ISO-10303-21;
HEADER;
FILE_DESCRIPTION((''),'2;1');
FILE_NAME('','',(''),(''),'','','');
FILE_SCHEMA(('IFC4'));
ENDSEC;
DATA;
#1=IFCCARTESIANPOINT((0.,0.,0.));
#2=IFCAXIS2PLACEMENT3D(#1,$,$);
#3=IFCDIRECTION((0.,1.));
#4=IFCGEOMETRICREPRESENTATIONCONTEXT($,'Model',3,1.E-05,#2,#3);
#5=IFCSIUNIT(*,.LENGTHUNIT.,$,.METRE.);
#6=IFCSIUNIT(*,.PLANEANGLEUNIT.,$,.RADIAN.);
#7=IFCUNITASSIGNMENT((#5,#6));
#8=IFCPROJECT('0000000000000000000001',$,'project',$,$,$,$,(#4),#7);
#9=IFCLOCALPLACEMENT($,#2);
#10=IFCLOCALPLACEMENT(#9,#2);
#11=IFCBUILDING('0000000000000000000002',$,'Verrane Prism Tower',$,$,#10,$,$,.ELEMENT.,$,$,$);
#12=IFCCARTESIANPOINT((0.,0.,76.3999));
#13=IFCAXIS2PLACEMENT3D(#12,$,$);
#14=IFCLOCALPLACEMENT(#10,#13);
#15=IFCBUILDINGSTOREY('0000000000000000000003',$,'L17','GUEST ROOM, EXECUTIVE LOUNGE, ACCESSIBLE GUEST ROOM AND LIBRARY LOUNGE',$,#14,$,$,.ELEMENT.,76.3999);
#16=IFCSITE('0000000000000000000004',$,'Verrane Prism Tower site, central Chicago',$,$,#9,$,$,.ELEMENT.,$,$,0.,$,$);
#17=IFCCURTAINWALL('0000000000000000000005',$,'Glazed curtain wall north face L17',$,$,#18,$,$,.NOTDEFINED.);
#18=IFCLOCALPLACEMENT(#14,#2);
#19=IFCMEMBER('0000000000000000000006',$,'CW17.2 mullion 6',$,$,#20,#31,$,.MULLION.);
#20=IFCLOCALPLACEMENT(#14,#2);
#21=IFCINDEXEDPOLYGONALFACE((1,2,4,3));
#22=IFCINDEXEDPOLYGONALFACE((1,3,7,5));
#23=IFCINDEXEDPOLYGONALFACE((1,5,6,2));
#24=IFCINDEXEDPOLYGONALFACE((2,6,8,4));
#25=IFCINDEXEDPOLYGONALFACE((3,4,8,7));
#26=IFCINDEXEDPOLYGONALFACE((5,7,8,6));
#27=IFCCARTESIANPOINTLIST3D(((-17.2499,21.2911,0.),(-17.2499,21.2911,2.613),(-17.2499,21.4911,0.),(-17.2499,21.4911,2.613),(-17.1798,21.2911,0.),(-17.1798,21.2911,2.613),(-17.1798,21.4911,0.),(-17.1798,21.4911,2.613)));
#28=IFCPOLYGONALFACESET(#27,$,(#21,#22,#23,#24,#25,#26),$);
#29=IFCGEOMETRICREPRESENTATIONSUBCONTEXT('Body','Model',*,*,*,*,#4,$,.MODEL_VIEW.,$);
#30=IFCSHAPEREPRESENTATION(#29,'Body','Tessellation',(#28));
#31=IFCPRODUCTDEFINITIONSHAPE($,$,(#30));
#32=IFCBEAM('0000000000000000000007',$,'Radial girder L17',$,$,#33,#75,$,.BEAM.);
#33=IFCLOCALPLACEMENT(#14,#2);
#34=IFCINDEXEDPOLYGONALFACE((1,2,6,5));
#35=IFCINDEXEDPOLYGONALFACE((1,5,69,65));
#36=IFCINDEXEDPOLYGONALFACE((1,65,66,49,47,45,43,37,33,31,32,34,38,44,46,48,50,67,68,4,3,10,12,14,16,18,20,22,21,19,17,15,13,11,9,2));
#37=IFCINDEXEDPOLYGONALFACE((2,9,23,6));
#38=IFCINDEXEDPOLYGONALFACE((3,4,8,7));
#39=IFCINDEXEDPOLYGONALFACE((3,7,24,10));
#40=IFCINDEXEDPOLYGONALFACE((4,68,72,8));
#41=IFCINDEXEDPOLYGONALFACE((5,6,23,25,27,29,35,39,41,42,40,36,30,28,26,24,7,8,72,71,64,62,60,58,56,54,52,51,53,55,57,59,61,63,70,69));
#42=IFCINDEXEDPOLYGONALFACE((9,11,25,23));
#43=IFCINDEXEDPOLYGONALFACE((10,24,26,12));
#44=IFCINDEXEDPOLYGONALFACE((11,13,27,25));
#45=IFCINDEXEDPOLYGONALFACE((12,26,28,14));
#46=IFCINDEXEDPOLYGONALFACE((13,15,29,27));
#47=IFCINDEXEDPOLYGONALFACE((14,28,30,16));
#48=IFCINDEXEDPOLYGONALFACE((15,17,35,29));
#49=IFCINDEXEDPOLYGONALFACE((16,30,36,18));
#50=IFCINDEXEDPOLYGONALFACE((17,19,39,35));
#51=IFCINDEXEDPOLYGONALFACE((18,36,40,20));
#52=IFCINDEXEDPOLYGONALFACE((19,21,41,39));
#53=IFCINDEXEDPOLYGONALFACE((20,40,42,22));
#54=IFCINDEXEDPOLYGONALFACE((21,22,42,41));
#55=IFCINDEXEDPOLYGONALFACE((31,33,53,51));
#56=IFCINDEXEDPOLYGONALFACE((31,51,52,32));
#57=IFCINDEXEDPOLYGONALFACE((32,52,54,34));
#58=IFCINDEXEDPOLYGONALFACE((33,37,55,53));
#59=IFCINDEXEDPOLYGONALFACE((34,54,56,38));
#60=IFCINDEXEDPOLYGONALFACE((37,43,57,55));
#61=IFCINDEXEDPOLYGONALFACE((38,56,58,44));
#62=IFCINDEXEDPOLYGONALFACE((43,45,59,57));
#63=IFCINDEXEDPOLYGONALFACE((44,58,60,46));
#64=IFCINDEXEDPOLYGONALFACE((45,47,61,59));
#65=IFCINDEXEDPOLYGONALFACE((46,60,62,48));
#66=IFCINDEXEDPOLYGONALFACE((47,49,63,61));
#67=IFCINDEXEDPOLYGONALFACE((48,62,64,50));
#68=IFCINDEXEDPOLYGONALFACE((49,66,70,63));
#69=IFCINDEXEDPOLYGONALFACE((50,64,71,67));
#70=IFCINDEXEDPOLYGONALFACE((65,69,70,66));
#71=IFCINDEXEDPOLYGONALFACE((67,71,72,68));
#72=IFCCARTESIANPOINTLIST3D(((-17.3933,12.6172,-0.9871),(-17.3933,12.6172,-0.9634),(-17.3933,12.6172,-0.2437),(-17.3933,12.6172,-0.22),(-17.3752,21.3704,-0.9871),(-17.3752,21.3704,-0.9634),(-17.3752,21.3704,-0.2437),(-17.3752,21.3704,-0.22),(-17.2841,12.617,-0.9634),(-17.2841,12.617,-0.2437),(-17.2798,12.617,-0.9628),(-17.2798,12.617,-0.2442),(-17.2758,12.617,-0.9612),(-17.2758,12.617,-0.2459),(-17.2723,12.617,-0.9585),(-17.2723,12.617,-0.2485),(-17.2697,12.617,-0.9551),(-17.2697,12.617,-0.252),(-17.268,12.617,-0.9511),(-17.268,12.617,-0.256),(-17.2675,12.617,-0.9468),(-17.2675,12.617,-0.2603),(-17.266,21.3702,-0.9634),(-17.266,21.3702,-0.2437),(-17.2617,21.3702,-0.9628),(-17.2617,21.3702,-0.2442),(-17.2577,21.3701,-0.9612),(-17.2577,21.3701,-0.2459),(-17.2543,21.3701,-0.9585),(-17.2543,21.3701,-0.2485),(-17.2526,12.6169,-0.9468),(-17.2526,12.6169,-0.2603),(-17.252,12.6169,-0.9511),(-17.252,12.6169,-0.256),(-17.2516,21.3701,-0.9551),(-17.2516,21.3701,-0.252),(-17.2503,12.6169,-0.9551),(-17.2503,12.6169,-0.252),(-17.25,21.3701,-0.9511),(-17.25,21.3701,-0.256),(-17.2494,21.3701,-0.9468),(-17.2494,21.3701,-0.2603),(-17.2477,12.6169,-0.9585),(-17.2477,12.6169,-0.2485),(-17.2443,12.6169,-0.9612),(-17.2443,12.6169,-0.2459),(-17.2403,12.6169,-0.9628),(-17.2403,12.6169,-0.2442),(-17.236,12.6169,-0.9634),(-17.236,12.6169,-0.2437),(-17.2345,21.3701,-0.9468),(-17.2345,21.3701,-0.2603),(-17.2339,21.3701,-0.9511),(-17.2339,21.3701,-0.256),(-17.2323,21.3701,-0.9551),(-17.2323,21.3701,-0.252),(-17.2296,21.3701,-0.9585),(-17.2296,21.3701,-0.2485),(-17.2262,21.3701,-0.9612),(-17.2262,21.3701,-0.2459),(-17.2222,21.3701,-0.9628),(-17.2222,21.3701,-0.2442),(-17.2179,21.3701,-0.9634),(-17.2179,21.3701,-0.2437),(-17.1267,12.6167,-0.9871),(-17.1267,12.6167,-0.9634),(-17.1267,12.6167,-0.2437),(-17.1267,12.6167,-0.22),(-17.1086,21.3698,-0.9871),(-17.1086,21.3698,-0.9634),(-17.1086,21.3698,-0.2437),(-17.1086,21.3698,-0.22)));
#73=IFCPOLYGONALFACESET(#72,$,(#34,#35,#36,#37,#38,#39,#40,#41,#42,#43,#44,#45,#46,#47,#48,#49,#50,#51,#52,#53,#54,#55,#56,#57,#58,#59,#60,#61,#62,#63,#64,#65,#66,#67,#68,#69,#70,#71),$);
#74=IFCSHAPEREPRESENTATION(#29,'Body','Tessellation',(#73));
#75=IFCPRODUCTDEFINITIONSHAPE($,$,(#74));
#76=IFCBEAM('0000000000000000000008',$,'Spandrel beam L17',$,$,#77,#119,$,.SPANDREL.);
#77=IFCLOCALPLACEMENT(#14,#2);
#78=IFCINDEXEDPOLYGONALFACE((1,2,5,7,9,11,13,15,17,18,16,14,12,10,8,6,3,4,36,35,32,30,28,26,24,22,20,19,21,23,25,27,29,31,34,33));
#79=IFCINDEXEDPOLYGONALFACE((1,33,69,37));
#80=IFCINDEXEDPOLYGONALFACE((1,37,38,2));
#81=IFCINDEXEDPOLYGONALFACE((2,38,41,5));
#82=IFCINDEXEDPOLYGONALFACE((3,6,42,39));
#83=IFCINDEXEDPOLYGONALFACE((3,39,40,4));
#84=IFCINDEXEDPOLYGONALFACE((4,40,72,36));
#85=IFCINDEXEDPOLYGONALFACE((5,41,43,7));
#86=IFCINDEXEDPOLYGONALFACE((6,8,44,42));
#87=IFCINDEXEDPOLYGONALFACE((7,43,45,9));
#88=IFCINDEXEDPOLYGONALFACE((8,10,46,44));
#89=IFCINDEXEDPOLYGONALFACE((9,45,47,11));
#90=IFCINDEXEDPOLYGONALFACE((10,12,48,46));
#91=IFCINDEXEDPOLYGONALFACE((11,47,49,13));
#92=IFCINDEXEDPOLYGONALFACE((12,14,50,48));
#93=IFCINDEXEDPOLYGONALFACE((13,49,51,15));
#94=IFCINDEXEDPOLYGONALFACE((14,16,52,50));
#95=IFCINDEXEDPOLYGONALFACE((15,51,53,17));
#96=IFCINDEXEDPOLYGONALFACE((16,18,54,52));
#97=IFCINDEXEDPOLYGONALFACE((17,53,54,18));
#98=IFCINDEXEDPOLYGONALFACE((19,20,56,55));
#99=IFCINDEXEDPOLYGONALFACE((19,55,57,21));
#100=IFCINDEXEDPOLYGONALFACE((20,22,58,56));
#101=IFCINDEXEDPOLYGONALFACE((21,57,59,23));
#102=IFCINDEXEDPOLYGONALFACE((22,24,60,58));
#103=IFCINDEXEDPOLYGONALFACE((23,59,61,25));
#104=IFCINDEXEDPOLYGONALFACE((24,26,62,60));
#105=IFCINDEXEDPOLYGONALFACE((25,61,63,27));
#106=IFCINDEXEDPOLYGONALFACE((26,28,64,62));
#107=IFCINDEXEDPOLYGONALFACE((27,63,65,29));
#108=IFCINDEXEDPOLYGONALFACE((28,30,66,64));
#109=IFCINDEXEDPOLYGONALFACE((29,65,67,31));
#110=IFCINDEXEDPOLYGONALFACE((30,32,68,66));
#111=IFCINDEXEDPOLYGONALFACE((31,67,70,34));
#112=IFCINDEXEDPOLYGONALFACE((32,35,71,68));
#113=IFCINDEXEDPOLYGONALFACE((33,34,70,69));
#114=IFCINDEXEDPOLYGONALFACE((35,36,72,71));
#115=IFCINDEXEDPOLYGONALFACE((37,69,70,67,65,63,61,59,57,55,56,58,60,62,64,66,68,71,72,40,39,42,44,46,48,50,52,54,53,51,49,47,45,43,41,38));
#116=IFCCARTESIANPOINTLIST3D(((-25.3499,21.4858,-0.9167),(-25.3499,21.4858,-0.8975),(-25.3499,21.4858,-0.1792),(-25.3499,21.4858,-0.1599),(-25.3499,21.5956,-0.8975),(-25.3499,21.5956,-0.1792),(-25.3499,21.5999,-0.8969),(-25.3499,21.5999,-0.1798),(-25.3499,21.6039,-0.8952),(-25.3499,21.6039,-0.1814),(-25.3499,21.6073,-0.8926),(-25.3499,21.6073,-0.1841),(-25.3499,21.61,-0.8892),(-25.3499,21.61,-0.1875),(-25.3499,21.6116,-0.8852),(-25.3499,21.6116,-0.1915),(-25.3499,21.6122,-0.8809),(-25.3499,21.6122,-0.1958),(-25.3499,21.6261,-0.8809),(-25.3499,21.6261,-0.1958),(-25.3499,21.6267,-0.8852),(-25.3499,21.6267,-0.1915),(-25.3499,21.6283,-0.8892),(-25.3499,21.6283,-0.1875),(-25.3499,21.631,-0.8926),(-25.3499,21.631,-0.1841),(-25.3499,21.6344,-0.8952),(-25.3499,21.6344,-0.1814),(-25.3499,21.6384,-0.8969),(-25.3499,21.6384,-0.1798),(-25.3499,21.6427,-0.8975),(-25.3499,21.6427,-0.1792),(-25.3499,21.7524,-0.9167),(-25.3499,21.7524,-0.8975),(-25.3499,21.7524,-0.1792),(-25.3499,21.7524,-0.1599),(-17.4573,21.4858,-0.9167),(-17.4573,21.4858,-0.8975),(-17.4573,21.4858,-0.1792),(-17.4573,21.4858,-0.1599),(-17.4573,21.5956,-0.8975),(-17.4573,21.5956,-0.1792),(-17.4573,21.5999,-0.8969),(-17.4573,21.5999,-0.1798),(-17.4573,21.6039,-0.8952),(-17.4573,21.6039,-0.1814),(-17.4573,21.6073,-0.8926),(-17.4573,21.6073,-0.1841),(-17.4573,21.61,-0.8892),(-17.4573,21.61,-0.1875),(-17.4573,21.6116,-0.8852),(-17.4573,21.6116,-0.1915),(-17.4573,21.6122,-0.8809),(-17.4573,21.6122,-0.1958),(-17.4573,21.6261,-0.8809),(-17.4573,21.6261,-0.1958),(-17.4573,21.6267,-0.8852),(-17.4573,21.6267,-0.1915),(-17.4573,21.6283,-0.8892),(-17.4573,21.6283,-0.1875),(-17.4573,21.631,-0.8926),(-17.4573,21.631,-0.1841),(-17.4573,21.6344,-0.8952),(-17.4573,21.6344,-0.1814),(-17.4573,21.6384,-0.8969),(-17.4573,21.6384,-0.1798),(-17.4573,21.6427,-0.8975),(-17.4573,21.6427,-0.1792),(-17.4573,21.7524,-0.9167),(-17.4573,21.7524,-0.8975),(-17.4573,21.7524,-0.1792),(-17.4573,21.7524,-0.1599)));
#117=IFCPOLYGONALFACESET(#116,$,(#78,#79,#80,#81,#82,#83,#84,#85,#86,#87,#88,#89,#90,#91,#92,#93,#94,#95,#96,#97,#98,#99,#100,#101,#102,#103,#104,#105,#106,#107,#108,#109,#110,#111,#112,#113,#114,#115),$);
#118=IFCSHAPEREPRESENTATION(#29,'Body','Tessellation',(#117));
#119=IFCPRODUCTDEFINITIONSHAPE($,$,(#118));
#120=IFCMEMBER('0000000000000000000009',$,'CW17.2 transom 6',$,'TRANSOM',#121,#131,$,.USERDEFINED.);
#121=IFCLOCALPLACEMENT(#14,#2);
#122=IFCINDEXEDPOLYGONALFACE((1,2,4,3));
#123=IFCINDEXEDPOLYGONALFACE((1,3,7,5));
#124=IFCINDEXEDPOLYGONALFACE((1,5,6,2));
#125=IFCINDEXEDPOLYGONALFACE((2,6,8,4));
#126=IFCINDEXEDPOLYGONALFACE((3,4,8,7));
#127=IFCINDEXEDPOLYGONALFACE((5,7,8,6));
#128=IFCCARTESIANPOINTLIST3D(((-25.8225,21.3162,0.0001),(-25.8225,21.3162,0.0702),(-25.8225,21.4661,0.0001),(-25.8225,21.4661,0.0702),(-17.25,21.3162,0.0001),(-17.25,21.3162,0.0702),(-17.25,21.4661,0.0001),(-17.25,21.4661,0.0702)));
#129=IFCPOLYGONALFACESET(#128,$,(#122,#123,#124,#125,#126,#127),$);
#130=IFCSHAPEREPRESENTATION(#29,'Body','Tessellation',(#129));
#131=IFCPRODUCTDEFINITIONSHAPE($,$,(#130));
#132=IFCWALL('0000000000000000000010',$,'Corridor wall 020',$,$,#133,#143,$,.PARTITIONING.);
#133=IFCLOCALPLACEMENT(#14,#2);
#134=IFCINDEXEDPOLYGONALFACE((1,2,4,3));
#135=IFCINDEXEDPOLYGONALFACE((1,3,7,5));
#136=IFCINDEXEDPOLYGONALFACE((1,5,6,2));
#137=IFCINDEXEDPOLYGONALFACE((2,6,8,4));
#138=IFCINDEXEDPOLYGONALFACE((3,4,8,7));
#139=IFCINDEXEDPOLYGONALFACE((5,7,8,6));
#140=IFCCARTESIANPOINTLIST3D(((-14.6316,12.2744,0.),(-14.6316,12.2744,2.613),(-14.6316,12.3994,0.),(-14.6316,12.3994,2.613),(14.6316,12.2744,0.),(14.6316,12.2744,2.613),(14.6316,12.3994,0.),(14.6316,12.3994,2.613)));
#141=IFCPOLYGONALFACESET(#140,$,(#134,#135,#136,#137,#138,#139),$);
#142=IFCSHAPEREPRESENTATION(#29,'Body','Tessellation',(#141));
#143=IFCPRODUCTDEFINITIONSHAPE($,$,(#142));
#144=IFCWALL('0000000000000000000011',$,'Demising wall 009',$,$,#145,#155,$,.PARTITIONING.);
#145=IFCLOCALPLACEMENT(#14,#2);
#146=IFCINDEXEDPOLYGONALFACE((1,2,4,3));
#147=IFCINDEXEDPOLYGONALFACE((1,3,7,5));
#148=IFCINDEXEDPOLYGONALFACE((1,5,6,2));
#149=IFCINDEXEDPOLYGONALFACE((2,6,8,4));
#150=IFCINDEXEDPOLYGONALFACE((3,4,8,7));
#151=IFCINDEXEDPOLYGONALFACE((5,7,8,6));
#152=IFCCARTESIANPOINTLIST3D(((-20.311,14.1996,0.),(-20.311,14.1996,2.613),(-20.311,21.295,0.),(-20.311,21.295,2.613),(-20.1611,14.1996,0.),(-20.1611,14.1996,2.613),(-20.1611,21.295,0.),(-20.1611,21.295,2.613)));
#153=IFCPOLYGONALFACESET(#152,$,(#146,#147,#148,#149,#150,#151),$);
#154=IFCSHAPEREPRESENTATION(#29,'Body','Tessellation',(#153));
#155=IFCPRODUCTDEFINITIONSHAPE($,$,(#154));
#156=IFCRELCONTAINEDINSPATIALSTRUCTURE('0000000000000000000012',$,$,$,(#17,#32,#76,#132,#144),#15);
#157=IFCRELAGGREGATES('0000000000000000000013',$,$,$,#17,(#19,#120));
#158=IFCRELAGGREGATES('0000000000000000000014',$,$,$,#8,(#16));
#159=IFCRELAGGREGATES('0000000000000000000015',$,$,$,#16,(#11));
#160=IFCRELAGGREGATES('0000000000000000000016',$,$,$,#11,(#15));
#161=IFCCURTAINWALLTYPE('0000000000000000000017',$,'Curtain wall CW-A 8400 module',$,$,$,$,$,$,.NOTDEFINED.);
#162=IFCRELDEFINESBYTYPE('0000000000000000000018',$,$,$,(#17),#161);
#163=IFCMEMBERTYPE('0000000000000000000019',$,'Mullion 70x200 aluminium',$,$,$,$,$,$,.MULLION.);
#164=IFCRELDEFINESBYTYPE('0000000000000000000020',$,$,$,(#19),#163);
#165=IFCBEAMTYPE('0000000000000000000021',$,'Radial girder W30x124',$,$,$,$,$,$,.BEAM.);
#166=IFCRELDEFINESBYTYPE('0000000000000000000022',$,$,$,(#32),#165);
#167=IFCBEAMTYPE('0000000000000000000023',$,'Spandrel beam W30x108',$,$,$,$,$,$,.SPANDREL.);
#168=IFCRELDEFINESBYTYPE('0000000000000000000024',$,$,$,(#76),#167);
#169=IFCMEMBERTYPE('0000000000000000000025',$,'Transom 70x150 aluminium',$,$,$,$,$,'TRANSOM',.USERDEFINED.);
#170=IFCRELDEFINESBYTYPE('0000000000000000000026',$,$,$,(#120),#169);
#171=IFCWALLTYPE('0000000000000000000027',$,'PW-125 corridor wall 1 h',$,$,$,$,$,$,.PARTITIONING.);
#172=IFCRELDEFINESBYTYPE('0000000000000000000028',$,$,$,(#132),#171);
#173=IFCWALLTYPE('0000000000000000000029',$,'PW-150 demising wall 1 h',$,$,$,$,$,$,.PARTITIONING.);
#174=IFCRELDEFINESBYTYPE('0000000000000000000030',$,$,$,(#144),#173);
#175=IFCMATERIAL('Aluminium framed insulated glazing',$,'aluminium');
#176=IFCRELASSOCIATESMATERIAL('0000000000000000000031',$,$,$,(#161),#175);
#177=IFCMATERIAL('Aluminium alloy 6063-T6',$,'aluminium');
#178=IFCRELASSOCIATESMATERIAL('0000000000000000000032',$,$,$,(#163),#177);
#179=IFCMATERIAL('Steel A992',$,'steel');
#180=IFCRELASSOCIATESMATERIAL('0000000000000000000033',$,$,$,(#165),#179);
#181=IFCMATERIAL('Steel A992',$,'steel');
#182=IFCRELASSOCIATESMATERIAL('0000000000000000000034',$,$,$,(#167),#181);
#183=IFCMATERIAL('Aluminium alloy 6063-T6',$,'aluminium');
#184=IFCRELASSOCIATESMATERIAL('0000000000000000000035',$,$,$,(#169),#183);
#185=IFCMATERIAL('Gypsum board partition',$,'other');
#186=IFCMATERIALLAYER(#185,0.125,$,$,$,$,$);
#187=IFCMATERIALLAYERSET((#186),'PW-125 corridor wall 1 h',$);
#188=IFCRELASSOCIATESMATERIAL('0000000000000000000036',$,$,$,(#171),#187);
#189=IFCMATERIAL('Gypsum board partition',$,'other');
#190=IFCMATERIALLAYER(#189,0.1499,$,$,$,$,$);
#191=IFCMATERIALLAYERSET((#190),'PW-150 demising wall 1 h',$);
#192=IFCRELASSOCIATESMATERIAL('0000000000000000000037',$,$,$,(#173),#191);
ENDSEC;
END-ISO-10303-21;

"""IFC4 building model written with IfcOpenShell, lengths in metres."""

from ifc_helpers import new_model, si_unit, direction, frame, frame_2d, origin, origin_2d, place, context, subcontext, project, spatial, rectangle, i_section, extrude, material, layer, layer_set, material_profile, profile_set, type_object, element, aggregate, save


model = new_model("IFC4")

# Units and contexts
model_context = context("Model", 3, precision=1e-05, world=origin(), true_north=direction((0.0, 1.0)))
body_context = subcontext(model_context, "Body", "Model", "MODEL_VIEW")
ifc_project = project(units=[si_unit("LENGTHUNIT", "METRE"), si_unit("PLANEANGLEUNIT", "RADIAN")], contexts=[model_context])

# Site, building, storey
site_placement = place(None, origin())
site = spatial("IfcSite", under=ifc_project, at=site_placement, Name="Verrane Prism Tower site, central Chicago", CompositionType="ELEMENT", RefElevation=0.0)
building_placement = place(site_placement, origin())
building = spatial("IfcBuilding", under=site, at=building_placement, Name="Verrane Prism Tower", CompositionType="ELEMENT")
storey_placement = place(building_placement, frame((0.0, 0.0, 76.3999)))
storey = spatial("IfcBuildingStorey", under=building, at=storey_placement, Name="L17", Description="GUEST ROOM, EXECUTIVE LOUNGE, ACCESSIBLE GUEST ROOM AND LIBRARY LOUNGE", CompositionType="ELEMENT", Elevation=76.3999)

# Curtain wall, member
ifc_material_1 = material(Name="Aluminium framed insulated glazing", Category="aluminium")
curtain_wall_type = type_object("IfcCurtainWallType", Name="Curtain wall CW-A 8400 module", PredefinedType="NOTDEFINED", material=ifc_material_1)
curtain_wall_placement = place(storey_placement, origin())
curtain_wall = element("IfcCurtainWall", 1, at=curtain_wall_placement, inside=storey, type_object=curtain_wall_type, Name="Glazed curtain wall north face L17", PredefinedType="NOTDEFINED")
ifc_material_2 = material(Name="Aluminium alloy 6063-T6", Category="aluminium")
ifc_material_profile_1 = material_profile(ifc_material_2, rectangle(XDim=0.2, YDim=0.0701, at=origin_2d()), Name="Mullion 70x200 aluminium")
ifc_profile_set_1 = profile_set([ifc_material_profile_1], Name="Aluminium alloy 6063-T6")
member_type_1 = type_object("IfcMemberType", Name="Mullion 70x200 aluminium", PredefinedType="MULLION", material=ifc_profile_set_1)
member_1_placement = place(storey_placement, frame((-17.2148, 21.3911, 0.0), z_axis=(0.0, 0.0, 1.0), x_axis=(0.0, -1.0, 0.0)))
member_1 = element("IfcMember", 2, at=member_1_placement, type_object=member_type_1, Name="CW17.2 mullion 6", PredefinedType="MULLION", context=body_context, shape_type="SweptSolid", body=[
    extrude(rectangle(XDim=0.2, YDim=0.0701, at=origin_2d()), origin(), (0.0, 0.0, 1.0), 2.613),
])

# Beams
ifc_material_3 = material(Name="Steel A992", Category="steel")
ifc_material_profile_2 = material_profile(ifc_material_3, i_section(OverallWidth=0.2666, OverallDepth=0.7671, WebThickness=0.0149, FlangeThickness=0.0237, FilletRadius=0.0166, at=origin_2d()), Name="W30x124")
ifc_profile_set_2 = profile_set([ifc_material_profile_2], Name="Steel A992")
beam_type_1 = type_object("IfcBeamType", Name="Radial girder W30x124", PredefinedType="BEAM", material=ifc_profile_set_2)
beam_1_placement = place(storey_placement, frame((-17.2419, 21.3701, -0.6035), z_axis=(-0.002064, -0.999998, 0.0), x_axis=(0.999998, -0.002064, 0.0)))
element("IfcBeam", 3, at=beam_1_placement, inside=storey, type_object=beam_type_1, Name="Radial girder L17", PredefinedType="BEAM", context=body_context, shape_type="SweptSolid", body=[
    extrude(i_section(OverallWidth=0.2666, OverallDepth=0.7671, WebThickness=0.0149, FlangeThickness=0.0237, FilletRadius=0.0166, at=origin_2d()), origin(), (0.0, 0.0, 1.0), 8.7532),
])
ifc_material_4 = material(Name="Steel A992", Category="steel")
ifc_material_profile_3 = material_profile(ifc_material_4, i_section(OverallWidth=0.2666, OverallDepth=0.7568, WebThickness=0.0139, FlangeThickness=0.0193, FilletRadius=0.0166, at=origin_2d()), Name="W30x108")
ifc_profile_set_3 = profile_set([ifc_material_profile_3], Name="Steel A992")
beam_type_2 = type_object("IfcBeamType", Name="Spandrel beam W30x108", PredefinedType="SPANDREL", material=ifc_profile_set_3)
beam_2_placement = place(storey_placement, frame((-17.4573, 21.6191, -0.5383), z_axis=(-1.0, 0.0, 0.0), x_axis=(0.0, -1.0, 0.0)))
element("IfcBeam", 4, at=beam_2_placement, inside=storey, type_object=beam_type_2, Name="Spandrel beam L17", PredefinedType="SPANDREL", context=body_context, shape_type="SweptSolid", body=[
    extrude(i_section(OverallWidth=0.2666, OverallDepth=0.7568, WebThickness=0.0139, FlangeThickness=0.0193, FilletRadius=0.0166, at=origin_2d()), origin(), (0.0, 0.0, 1.0), 7.8926),
])

# Member
ifc_material_5 = material(Name="Aluminium alloy 6063-T6", Category="aluminium")
ifc_material_profile_4 = material_profile(ifc_material_5, rectangle(XDim=0.1499, YDim=0.0701, at=origin_2d()), Name="Transom 70x150 aluminium")
ifc_profile_set_4 = profile_set([ifc_material_profile_4], Name="Aluminium alloy 6063-T6")
member_type_2 = type_object("IfcMemberType", Name="Transom 70x150 aluminium", ElementType="TRANSOM", PredefinedType="USERDEFINED", material=ifc_profile_set_4)
member_2_placement = place(storey_placement, frame((-17.25, 21.3911, 0.0352), z_axis=(-1.0, 0.0, 0.0), x_axis=(0.0, -1.0, 0.0)))
member_2 = element("IfcMember", 5, at=member_2_placement, type_object=member_type_2, Name="CW17.2 transom 6", ObjectType="TRANSOM", PredefinedType="USERDEFINED", context=body_context, shape_type="SweptSolid", body=[
    extrude(rectangle(XDim=0.1499, YDim=0.0701, at=origin_2d()), origin(), (0.0, 0.0, 1.0), 8.5725),
])
aggregate(curtain_wall, [member_1, member_2])

# Walls
ifc_material_6 = material(Name="Gypsum board partition", Category="other")
ifc_layer_1 = layer(ifc_material_6, 0.125)
ifc_layer_set_1 = layer_set([ifc_layer_1], Name="PW-125 corridor wall 1 h")
wall_type_1 = type_object("IfcWallType", Name="PW-125 corridor wall 1 h", PredefinedType="PARTITIONING", material=ifc_layer_set_1)
wall_1_placement = place(storey_placement, frame((-14.6316, 12.3369, 0.0), z_axis=(0.0, 0.0, 1.0), x_axis=(1.0, 0.0, 0.0)))
element("IfcWall", 6, at=wall_1_placement, inside=storey, type_object=wall_type_1, Name="Corridor wall 020", PredefinedType="PARTITIONING", context=body_context, shape_type="SweptSolid", body=[
    extrude(rectangle(XDim=29.2632, YDim=0.125, at=frame_2d((14.6316, 0.0))), origin(), (0.0, 0.0, 1.0), 2.613),
])
ifc_material_7 = material(Name="Gypsum board partition", Category="other")
ifc_layer_2 = layer(ifc_material_7, 0.1499)
ifc_layer_set_2 = layer_set([ifc_layer_2], Name="PW-150 demising wall 1 h")
wall_type_2 = type_object("IfcWallType", Name="PW-150 demising wall 1 h", PredefinedType="PARTITIONING", material=ifc_layer_set_2)
wall_2_placement = place(storey_placement, frame((-20.2361, 14.1995, 0.0), z_axis=(0.0, 0.0, 1.0), x_axis=(0.0, 1.0, 0.0)))
element("IfcWall", 7, at=wall_2_placement, inside=storey, type_object=wall_type_2, Name="Demising wall 009", PredefinedType="PARTITIONING", context=body_context, shape_type="SweptSolid", body=[
    extrude(rectangle(XDim=7.0955, YDim=0.1499, at=frame_2d((3.5479, 0.0))), origin(), (0.0, 0.0, 1.0), 2.613),
])

save(model, "model.ifc")
